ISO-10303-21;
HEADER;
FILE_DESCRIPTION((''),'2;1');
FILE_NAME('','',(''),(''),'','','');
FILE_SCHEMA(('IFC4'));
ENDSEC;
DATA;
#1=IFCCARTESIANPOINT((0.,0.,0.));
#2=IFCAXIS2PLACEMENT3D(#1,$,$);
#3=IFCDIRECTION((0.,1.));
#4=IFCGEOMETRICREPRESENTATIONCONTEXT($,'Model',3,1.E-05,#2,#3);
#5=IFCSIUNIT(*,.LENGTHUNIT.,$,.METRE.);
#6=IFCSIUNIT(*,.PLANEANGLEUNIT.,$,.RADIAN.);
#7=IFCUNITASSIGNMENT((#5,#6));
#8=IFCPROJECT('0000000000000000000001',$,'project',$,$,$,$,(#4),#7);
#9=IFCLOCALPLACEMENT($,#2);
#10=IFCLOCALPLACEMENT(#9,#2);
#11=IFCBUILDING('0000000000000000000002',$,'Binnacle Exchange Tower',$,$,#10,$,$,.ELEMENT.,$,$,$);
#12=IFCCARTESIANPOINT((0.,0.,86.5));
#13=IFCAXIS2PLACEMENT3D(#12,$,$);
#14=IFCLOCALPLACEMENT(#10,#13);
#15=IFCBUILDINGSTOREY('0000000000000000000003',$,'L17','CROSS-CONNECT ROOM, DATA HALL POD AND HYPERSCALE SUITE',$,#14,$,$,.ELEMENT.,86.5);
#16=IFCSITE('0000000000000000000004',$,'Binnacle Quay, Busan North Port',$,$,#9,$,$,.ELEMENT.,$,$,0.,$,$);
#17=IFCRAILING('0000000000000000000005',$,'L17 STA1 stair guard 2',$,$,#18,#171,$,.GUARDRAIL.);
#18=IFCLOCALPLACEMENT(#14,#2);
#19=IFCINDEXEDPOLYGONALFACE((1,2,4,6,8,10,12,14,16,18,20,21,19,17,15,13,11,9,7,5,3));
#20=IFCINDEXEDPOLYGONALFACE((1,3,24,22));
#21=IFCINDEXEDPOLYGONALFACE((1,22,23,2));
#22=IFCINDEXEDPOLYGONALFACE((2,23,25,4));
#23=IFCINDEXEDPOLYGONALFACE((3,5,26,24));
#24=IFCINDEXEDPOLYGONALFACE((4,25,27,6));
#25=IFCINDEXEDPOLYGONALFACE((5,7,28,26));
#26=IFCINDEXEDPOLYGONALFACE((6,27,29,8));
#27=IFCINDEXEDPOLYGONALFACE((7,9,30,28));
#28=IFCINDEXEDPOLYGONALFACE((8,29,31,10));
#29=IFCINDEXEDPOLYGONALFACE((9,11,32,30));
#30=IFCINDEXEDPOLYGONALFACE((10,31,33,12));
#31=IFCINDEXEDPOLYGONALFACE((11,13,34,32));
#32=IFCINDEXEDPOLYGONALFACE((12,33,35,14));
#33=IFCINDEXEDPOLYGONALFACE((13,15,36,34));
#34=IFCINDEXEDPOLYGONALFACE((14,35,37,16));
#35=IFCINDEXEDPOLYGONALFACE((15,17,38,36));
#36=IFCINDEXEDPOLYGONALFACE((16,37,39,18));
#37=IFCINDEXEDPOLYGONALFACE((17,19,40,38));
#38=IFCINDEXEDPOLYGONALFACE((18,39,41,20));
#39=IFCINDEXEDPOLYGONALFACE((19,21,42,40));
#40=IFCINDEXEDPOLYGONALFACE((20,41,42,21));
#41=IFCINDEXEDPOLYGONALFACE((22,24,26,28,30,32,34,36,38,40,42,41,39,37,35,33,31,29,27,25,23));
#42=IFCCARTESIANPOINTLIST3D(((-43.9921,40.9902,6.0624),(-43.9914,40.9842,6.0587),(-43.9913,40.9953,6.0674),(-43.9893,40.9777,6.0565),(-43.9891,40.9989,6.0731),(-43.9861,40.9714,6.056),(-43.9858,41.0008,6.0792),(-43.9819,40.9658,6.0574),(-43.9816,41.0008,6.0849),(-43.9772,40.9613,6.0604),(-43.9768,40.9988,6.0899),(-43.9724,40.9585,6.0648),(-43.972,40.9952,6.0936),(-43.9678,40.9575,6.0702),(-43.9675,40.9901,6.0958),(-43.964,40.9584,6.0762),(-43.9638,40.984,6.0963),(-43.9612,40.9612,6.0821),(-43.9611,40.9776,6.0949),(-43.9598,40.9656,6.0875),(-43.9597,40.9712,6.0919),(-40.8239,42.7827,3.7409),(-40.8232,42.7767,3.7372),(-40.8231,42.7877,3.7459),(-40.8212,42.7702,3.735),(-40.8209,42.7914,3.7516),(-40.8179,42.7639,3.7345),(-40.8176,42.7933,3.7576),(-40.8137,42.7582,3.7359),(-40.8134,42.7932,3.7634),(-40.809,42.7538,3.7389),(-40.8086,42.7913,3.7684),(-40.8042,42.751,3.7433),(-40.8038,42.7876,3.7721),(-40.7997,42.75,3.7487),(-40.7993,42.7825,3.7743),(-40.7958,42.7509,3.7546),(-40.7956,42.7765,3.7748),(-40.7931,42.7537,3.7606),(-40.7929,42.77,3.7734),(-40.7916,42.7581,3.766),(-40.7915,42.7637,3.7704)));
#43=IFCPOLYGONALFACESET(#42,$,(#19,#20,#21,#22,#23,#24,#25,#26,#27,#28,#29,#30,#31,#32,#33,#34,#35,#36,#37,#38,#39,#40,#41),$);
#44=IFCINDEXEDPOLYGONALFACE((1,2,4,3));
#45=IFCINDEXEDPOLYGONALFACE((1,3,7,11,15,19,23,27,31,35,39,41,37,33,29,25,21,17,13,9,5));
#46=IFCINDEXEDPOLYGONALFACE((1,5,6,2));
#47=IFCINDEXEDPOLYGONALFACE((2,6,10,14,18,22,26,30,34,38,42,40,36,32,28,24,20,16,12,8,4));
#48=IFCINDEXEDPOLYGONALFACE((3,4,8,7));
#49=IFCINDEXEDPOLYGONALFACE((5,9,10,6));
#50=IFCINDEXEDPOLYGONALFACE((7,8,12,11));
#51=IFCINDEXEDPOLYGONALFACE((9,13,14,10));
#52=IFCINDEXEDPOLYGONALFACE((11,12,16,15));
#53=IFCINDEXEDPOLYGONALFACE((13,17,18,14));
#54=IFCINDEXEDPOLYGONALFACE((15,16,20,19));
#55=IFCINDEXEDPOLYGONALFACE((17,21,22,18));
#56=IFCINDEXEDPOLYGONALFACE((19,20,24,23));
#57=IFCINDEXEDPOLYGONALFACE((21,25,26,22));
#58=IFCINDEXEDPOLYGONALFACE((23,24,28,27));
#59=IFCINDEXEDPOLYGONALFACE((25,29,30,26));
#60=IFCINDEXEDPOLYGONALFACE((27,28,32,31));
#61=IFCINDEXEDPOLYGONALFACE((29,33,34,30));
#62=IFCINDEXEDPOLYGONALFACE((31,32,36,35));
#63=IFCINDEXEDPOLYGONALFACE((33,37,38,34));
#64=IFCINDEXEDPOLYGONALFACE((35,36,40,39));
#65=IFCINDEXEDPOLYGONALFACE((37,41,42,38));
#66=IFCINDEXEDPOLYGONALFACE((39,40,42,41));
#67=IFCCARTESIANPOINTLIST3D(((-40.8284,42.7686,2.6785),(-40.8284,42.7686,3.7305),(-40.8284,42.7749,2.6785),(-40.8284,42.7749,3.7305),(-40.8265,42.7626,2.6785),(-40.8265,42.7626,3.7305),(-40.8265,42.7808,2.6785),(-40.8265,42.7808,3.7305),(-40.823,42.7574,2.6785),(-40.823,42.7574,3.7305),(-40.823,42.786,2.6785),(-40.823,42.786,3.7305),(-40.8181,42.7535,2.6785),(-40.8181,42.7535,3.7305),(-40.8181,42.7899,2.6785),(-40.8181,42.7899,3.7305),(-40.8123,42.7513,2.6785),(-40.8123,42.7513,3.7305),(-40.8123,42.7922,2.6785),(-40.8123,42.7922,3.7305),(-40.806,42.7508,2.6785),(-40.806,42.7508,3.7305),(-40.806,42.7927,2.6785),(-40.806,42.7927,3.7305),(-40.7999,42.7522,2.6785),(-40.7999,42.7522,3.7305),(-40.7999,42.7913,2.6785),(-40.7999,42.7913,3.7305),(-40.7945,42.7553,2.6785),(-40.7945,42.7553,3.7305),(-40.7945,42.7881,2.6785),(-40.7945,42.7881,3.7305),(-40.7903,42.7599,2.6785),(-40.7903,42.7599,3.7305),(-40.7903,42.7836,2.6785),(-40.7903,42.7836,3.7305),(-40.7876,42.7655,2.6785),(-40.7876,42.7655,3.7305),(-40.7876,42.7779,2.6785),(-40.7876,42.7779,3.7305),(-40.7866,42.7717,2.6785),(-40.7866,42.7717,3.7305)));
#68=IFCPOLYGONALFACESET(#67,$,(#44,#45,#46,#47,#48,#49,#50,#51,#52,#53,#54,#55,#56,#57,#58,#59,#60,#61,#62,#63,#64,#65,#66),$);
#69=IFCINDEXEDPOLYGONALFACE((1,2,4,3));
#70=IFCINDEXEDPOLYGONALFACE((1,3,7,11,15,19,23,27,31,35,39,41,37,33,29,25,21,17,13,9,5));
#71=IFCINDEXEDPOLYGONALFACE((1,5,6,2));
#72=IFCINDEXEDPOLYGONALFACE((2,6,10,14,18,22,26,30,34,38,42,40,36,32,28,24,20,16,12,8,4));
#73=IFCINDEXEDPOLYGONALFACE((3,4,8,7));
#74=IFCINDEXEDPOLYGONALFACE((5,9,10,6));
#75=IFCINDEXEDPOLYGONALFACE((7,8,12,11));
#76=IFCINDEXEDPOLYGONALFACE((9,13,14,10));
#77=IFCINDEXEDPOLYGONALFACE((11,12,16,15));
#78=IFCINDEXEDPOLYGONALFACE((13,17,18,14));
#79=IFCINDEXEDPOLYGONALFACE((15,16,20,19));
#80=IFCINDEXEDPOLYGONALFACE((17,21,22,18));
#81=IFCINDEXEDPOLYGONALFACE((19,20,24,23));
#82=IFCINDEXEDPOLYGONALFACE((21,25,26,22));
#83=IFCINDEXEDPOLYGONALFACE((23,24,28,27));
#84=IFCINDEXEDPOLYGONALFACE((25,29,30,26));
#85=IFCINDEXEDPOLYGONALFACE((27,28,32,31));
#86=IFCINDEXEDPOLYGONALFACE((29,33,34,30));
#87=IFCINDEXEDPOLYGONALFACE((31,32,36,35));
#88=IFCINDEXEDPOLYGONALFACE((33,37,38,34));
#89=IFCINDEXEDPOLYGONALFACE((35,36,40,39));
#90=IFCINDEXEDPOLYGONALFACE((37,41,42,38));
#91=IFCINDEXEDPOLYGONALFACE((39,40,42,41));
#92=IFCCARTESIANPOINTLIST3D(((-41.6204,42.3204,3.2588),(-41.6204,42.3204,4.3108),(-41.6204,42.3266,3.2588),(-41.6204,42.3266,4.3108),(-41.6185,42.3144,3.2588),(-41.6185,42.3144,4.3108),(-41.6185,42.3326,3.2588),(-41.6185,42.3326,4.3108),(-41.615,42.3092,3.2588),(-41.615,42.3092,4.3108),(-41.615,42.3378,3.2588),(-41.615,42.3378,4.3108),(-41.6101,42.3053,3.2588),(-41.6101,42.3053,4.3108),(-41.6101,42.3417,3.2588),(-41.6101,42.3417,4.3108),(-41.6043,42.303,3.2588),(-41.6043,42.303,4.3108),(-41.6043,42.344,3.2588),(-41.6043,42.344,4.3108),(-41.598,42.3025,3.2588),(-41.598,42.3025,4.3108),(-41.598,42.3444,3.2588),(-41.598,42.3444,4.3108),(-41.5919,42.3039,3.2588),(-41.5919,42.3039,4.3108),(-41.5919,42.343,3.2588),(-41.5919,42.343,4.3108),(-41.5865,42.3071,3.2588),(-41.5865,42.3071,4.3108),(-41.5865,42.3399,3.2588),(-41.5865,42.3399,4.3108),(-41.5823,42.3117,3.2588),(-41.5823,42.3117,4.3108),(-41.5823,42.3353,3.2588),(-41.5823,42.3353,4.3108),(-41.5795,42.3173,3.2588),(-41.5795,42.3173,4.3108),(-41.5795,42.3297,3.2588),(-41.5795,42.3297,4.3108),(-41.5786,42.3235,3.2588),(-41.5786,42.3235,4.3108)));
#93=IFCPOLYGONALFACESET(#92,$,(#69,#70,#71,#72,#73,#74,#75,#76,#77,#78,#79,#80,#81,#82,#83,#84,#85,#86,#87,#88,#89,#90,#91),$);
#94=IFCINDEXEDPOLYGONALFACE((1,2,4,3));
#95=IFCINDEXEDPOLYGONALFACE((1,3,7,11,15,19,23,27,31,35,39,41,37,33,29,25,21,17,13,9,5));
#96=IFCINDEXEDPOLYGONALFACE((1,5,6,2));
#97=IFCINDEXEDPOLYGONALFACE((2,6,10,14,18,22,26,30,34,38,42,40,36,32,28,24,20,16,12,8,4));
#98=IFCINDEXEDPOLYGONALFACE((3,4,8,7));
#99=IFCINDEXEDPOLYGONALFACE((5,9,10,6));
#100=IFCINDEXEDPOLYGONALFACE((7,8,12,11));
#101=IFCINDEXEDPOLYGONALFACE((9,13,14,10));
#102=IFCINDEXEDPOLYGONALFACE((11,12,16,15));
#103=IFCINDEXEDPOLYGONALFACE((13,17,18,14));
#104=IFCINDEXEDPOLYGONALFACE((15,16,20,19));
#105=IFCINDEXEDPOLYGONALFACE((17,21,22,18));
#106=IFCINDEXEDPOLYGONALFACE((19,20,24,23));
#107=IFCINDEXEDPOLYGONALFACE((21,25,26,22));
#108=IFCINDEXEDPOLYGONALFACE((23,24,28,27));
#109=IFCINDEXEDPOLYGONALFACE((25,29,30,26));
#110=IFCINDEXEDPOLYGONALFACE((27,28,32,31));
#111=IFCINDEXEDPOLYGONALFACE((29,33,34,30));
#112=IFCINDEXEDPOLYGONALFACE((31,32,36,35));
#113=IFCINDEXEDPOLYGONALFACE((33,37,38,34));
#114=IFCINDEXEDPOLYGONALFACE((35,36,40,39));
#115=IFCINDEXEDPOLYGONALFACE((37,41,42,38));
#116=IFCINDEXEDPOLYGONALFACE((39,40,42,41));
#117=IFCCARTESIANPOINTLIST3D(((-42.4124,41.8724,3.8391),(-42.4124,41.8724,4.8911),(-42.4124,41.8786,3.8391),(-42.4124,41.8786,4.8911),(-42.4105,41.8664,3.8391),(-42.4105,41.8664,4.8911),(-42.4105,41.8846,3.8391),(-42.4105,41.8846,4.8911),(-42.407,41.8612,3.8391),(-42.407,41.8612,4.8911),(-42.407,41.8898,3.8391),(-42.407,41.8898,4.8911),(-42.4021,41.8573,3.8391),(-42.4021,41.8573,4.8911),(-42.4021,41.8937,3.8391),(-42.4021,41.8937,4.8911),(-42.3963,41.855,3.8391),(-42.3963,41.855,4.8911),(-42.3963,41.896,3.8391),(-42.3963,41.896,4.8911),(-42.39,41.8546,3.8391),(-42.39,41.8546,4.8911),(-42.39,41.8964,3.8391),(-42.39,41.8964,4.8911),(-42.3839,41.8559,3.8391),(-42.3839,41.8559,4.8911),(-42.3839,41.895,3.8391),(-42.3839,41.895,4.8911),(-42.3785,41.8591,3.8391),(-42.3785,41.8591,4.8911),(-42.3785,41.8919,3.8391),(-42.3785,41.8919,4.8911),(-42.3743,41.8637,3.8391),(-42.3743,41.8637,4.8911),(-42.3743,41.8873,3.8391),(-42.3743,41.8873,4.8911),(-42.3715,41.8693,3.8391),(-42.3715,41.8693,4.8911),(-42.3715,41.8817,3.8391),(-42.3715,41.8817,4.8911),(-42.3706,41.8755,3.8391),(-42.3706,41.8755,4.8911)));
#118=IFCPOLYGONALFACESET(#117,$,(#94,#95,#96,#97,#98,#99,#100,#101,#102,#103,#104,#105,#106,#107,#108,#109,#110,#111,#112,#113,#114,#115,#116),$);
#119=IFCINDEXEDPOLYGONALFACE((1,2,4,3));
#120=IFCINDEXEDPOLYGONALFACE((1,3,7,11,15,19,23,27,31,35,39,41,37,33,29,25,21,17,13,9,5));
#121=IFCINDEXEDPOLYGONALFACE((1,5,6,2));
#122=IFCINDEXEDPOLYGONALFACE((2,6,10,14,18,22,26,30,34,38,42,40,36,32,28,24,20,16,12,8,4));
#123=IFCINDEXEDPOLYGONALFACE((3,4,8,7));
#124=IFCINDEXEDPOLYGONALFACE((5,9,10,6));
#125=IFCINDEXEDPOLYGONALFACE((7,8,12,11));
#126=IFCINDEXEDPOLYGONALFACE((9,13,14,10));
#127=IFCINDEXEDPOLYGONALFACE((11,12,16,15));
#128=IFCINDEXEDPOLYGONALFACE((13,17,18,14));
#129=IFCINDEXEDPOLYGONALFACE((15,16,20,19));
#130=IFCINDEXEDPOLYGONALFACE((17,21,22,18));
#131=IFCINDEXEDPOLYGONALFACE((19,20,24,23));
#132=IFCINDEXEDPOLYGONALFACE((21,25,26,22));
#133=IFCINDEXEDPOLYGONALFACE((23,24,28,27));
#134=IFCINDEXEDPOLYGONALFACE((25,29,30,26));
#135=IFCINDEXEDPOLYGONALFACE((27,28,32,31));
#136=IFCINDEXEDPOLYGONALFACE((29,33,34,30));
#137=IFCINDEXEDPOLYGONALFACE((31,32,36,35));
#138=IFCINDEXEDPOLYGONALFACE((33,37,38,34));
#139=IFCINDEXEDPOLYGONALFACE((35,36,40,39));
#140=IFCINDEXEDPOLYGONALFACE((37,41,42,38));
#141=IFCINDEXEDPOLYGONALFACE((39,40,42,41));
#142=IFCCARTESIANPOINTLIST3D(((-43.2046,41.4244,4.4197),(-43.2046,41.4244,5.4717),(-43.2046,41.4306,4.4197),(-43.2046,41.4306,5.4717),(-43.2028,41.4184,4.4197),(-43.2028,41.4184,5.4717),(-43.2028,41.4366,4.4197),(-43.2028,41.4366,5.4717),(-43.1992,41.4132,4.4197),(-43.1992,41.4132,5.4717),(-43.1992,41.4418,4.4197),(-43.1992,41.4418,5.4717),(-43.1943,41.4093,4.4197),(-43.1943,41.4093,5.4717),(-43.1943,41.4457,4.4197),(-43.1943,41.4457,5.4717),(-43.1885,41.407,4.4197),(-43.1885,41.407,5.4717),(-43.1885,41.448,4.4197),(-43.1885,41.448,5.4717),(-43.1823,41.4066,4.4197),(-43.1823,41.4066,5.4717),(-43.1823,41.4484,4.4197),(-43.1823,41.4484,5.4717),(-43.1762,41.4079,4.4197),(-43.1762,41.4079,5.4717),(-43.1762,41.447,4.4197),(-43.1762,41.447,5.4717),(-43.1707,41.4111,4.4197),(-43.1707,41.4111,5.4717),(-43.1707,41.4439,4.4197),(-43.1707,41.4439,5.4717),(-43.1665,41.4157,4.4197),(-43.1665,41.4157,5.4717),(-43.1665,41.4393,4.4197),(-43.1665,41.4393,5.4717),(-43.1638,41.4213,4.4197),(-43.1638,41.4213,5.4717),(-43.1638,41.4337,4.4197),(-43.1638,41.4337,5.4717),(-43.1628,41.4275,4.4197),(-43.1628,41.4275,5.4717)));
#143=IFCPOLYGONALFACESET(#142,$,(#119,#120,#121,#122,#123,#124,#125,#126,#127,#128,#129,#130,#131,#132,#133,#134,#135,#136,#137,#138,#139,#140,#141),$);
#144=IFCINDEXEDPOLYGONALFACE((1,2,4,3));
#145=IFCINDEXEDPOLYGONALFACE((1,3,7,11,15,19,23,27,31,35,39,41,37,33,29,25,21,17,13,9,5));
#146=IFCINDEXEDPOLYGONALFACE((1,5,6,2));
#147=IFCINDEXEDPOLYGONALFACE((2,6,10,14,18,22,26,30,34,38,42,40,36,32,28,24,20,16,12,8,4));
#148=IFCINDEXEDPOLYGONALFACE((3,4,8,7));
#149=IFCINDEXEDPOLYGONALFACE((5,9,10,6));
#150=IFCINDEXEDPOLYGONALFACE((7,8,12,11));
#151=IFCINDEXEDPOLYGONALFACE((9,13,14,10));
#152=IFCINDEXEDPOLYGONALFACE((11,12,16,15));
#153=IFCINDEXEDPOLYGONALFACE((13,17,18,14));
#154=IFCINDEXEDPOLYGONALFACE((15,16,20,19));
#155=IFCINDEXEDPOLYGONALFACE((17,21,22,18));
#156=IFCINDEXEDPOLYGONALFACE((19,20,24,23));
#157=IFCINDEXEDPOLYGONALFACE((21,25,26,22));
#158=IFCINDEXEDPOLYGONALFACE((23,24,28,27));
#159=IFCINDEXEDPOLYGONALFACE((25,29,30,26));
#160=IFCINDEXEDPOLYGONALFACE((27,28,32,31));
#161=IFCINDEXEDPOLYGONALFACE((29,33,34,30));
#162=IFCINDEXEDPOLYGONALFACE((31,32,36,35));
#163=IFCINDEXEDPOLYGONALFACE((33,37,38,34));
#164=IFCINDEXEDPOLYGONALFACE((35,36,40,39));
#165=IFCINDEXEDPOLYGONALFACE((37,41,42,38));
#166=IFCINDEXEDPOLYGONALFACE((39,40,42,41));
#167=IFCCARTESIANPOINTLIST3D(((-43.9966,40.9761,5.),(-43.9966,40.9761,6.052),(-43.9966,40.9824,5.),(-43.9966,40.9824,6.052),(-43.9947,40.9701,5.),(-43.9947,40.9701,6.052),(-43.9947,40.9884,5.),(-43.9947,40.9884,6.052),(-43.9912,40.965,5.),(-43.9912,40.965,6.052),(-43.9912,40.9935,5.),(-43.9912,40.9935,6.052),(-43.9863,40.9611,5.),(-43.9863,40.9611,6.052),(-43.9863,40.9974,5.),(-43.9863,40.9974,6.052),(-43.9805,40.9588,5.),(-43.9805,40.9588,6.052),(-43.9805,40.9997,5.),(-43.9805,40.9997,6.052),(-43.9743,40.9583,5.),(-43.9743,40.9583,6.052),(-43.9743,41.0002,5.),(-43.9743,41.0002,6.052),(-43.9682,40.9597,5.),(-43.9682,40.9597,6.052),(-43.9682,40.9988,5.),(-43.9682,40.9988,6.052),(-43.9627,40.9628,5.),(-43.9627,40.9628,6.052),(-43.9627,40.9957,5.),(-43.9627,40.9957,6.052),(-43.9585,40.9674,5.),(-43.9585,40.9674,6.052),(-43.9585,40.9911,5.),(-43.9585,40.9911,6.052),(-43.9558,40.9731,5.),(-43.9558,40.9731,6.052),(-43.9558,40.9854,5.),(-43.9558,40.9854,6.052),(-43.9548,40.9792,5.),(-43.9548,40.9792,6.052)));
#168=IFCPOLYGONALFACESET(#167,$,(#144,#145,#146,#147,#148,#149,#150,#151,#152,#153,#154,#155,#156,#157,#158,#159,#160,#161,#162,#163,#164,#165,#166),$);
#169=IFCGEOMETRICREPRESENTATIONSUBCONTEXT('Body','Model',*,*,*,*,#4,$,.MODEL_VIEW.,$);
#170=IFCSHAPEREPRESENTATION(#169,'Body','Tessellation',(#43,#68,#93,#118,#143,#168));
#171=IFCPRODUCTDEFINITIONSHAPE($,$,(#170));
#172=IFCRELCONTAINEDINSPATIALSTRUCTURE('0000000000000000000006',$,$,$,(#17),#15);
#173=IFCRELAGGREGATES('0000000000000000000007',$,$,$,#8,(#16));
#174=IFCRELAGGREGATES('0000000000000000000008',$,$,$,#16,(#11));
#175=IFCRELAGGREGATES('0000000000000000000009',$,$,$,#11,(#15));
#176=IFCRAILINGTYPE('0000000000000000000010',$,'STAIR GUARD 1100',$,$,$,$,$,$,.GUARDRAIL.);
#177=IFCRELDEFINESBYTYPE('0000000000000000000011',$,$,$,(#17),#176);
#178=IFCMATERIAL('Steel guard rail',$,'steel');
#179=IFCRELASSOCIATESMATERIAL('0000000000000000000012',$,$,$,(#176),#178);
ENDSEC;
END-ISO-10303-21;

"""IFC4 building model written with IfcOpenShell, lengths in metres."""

from ifc_helpers import new_model, si_unit, direction, frame, origin, origin_2d, place, context, subcontext, project, spatial, circle, extrude, material, type_object, element, save


model = new_model("IFC4")

# Units and contexts
model_context = context("Model", 3, precision=1e-05, world=origin(), true_north=direction((0.0, 1.0)))
body_context = subcontext(model_context, "Body", "Model", "MODEL_VIEW")
ifc_project = project(units=[si_unit("LENGTHUNIT", "METRE"), si_unit("PLANEANGLEUNIT", "RADIAN")], contexts=[model_context])

# Site, building, storey
site_placement = place(None, origin())
site = spatial("IfcSite", under=ifc_project, at=site_placement, Name="Binnacle Quay, Busan North Port", CompositionType="ELEMENT", RefElevation=0.0)
building_placement = place(site_placement, origin())
building = spatial("IfcBuilding", under=site, at=building_placement, Name="Binnacle Exchange Tower", CompositionType="ELEMENT")
storey_placement = place(building_placement, frame((0.0, 0.0, 86.5)))
storey = spatial("IfcBuildingStorey", under=building, at=storey_placement, Name="L17", Description="CROSS-CONNECT ROOM, DATA HALL POD AND HYPERSCALE SUITE", CompositionType="ELEMENT", Elevation=86.5)

# Railing
ifc_material_1 = material(Name="Steel guard rail", Category="steel")
railing_type_1 = type_object("IfcRailingType", Name="STAIR GUARD 1100", PredefinedType="GUARDRAIL", material=ifc_material_1)
railing_1_placement = place(storey_placement, frame((-40.8076, 42.7717, 2.6785)))
element("IfcRailing", 1, at=railing_1_placement, inside=storey, type_object=railing_type_1, Name="L17 STA1 stair guard 2", PredefinedType="GUARDRAIL", context=body_context, shape_type="SweptSolid", body=[
    extrude(circle(Radius=0.0239, at=origin_2d()), frame((0.0, 0.0, 1.0762), z_axis=(-0.733822, -0.415174, 0.537714), x_axis=(0.492422, -0.870357, 0.0)), (0.0, 0.0, 1.0), 4.3174),
    extrude(circle(Radius=0.021, at=origin_2d()), origin(), (0.0, 0.0, 1.0), 1.052),
    extrude(circle(Radius=0.021, at=origin_2d()), frame((-0.792, -0.4482, 0.5803)), (0.0, 0.0, 1.0), 1.052),
    extrude(circle(Radius=0.021, at=origin_2d()), frame((-1.584, -0.8962, 1.1606)), (0.0, 0.0, 1.0), 1.052),
    extrude(circle(Radius=0.021, at=origin_2d()), frame((-2.3762, -1.3442, 1.7412)), (0.0, 0.0, 1.0), 1.052),
    extrude(circle(Radius=0.021, at=origin_2d()), frame((-3.1682, -1.7925, 2.3215)), (0.0, 0.0, 1.0), 1.052),
])

save(model, "model.ifc")
